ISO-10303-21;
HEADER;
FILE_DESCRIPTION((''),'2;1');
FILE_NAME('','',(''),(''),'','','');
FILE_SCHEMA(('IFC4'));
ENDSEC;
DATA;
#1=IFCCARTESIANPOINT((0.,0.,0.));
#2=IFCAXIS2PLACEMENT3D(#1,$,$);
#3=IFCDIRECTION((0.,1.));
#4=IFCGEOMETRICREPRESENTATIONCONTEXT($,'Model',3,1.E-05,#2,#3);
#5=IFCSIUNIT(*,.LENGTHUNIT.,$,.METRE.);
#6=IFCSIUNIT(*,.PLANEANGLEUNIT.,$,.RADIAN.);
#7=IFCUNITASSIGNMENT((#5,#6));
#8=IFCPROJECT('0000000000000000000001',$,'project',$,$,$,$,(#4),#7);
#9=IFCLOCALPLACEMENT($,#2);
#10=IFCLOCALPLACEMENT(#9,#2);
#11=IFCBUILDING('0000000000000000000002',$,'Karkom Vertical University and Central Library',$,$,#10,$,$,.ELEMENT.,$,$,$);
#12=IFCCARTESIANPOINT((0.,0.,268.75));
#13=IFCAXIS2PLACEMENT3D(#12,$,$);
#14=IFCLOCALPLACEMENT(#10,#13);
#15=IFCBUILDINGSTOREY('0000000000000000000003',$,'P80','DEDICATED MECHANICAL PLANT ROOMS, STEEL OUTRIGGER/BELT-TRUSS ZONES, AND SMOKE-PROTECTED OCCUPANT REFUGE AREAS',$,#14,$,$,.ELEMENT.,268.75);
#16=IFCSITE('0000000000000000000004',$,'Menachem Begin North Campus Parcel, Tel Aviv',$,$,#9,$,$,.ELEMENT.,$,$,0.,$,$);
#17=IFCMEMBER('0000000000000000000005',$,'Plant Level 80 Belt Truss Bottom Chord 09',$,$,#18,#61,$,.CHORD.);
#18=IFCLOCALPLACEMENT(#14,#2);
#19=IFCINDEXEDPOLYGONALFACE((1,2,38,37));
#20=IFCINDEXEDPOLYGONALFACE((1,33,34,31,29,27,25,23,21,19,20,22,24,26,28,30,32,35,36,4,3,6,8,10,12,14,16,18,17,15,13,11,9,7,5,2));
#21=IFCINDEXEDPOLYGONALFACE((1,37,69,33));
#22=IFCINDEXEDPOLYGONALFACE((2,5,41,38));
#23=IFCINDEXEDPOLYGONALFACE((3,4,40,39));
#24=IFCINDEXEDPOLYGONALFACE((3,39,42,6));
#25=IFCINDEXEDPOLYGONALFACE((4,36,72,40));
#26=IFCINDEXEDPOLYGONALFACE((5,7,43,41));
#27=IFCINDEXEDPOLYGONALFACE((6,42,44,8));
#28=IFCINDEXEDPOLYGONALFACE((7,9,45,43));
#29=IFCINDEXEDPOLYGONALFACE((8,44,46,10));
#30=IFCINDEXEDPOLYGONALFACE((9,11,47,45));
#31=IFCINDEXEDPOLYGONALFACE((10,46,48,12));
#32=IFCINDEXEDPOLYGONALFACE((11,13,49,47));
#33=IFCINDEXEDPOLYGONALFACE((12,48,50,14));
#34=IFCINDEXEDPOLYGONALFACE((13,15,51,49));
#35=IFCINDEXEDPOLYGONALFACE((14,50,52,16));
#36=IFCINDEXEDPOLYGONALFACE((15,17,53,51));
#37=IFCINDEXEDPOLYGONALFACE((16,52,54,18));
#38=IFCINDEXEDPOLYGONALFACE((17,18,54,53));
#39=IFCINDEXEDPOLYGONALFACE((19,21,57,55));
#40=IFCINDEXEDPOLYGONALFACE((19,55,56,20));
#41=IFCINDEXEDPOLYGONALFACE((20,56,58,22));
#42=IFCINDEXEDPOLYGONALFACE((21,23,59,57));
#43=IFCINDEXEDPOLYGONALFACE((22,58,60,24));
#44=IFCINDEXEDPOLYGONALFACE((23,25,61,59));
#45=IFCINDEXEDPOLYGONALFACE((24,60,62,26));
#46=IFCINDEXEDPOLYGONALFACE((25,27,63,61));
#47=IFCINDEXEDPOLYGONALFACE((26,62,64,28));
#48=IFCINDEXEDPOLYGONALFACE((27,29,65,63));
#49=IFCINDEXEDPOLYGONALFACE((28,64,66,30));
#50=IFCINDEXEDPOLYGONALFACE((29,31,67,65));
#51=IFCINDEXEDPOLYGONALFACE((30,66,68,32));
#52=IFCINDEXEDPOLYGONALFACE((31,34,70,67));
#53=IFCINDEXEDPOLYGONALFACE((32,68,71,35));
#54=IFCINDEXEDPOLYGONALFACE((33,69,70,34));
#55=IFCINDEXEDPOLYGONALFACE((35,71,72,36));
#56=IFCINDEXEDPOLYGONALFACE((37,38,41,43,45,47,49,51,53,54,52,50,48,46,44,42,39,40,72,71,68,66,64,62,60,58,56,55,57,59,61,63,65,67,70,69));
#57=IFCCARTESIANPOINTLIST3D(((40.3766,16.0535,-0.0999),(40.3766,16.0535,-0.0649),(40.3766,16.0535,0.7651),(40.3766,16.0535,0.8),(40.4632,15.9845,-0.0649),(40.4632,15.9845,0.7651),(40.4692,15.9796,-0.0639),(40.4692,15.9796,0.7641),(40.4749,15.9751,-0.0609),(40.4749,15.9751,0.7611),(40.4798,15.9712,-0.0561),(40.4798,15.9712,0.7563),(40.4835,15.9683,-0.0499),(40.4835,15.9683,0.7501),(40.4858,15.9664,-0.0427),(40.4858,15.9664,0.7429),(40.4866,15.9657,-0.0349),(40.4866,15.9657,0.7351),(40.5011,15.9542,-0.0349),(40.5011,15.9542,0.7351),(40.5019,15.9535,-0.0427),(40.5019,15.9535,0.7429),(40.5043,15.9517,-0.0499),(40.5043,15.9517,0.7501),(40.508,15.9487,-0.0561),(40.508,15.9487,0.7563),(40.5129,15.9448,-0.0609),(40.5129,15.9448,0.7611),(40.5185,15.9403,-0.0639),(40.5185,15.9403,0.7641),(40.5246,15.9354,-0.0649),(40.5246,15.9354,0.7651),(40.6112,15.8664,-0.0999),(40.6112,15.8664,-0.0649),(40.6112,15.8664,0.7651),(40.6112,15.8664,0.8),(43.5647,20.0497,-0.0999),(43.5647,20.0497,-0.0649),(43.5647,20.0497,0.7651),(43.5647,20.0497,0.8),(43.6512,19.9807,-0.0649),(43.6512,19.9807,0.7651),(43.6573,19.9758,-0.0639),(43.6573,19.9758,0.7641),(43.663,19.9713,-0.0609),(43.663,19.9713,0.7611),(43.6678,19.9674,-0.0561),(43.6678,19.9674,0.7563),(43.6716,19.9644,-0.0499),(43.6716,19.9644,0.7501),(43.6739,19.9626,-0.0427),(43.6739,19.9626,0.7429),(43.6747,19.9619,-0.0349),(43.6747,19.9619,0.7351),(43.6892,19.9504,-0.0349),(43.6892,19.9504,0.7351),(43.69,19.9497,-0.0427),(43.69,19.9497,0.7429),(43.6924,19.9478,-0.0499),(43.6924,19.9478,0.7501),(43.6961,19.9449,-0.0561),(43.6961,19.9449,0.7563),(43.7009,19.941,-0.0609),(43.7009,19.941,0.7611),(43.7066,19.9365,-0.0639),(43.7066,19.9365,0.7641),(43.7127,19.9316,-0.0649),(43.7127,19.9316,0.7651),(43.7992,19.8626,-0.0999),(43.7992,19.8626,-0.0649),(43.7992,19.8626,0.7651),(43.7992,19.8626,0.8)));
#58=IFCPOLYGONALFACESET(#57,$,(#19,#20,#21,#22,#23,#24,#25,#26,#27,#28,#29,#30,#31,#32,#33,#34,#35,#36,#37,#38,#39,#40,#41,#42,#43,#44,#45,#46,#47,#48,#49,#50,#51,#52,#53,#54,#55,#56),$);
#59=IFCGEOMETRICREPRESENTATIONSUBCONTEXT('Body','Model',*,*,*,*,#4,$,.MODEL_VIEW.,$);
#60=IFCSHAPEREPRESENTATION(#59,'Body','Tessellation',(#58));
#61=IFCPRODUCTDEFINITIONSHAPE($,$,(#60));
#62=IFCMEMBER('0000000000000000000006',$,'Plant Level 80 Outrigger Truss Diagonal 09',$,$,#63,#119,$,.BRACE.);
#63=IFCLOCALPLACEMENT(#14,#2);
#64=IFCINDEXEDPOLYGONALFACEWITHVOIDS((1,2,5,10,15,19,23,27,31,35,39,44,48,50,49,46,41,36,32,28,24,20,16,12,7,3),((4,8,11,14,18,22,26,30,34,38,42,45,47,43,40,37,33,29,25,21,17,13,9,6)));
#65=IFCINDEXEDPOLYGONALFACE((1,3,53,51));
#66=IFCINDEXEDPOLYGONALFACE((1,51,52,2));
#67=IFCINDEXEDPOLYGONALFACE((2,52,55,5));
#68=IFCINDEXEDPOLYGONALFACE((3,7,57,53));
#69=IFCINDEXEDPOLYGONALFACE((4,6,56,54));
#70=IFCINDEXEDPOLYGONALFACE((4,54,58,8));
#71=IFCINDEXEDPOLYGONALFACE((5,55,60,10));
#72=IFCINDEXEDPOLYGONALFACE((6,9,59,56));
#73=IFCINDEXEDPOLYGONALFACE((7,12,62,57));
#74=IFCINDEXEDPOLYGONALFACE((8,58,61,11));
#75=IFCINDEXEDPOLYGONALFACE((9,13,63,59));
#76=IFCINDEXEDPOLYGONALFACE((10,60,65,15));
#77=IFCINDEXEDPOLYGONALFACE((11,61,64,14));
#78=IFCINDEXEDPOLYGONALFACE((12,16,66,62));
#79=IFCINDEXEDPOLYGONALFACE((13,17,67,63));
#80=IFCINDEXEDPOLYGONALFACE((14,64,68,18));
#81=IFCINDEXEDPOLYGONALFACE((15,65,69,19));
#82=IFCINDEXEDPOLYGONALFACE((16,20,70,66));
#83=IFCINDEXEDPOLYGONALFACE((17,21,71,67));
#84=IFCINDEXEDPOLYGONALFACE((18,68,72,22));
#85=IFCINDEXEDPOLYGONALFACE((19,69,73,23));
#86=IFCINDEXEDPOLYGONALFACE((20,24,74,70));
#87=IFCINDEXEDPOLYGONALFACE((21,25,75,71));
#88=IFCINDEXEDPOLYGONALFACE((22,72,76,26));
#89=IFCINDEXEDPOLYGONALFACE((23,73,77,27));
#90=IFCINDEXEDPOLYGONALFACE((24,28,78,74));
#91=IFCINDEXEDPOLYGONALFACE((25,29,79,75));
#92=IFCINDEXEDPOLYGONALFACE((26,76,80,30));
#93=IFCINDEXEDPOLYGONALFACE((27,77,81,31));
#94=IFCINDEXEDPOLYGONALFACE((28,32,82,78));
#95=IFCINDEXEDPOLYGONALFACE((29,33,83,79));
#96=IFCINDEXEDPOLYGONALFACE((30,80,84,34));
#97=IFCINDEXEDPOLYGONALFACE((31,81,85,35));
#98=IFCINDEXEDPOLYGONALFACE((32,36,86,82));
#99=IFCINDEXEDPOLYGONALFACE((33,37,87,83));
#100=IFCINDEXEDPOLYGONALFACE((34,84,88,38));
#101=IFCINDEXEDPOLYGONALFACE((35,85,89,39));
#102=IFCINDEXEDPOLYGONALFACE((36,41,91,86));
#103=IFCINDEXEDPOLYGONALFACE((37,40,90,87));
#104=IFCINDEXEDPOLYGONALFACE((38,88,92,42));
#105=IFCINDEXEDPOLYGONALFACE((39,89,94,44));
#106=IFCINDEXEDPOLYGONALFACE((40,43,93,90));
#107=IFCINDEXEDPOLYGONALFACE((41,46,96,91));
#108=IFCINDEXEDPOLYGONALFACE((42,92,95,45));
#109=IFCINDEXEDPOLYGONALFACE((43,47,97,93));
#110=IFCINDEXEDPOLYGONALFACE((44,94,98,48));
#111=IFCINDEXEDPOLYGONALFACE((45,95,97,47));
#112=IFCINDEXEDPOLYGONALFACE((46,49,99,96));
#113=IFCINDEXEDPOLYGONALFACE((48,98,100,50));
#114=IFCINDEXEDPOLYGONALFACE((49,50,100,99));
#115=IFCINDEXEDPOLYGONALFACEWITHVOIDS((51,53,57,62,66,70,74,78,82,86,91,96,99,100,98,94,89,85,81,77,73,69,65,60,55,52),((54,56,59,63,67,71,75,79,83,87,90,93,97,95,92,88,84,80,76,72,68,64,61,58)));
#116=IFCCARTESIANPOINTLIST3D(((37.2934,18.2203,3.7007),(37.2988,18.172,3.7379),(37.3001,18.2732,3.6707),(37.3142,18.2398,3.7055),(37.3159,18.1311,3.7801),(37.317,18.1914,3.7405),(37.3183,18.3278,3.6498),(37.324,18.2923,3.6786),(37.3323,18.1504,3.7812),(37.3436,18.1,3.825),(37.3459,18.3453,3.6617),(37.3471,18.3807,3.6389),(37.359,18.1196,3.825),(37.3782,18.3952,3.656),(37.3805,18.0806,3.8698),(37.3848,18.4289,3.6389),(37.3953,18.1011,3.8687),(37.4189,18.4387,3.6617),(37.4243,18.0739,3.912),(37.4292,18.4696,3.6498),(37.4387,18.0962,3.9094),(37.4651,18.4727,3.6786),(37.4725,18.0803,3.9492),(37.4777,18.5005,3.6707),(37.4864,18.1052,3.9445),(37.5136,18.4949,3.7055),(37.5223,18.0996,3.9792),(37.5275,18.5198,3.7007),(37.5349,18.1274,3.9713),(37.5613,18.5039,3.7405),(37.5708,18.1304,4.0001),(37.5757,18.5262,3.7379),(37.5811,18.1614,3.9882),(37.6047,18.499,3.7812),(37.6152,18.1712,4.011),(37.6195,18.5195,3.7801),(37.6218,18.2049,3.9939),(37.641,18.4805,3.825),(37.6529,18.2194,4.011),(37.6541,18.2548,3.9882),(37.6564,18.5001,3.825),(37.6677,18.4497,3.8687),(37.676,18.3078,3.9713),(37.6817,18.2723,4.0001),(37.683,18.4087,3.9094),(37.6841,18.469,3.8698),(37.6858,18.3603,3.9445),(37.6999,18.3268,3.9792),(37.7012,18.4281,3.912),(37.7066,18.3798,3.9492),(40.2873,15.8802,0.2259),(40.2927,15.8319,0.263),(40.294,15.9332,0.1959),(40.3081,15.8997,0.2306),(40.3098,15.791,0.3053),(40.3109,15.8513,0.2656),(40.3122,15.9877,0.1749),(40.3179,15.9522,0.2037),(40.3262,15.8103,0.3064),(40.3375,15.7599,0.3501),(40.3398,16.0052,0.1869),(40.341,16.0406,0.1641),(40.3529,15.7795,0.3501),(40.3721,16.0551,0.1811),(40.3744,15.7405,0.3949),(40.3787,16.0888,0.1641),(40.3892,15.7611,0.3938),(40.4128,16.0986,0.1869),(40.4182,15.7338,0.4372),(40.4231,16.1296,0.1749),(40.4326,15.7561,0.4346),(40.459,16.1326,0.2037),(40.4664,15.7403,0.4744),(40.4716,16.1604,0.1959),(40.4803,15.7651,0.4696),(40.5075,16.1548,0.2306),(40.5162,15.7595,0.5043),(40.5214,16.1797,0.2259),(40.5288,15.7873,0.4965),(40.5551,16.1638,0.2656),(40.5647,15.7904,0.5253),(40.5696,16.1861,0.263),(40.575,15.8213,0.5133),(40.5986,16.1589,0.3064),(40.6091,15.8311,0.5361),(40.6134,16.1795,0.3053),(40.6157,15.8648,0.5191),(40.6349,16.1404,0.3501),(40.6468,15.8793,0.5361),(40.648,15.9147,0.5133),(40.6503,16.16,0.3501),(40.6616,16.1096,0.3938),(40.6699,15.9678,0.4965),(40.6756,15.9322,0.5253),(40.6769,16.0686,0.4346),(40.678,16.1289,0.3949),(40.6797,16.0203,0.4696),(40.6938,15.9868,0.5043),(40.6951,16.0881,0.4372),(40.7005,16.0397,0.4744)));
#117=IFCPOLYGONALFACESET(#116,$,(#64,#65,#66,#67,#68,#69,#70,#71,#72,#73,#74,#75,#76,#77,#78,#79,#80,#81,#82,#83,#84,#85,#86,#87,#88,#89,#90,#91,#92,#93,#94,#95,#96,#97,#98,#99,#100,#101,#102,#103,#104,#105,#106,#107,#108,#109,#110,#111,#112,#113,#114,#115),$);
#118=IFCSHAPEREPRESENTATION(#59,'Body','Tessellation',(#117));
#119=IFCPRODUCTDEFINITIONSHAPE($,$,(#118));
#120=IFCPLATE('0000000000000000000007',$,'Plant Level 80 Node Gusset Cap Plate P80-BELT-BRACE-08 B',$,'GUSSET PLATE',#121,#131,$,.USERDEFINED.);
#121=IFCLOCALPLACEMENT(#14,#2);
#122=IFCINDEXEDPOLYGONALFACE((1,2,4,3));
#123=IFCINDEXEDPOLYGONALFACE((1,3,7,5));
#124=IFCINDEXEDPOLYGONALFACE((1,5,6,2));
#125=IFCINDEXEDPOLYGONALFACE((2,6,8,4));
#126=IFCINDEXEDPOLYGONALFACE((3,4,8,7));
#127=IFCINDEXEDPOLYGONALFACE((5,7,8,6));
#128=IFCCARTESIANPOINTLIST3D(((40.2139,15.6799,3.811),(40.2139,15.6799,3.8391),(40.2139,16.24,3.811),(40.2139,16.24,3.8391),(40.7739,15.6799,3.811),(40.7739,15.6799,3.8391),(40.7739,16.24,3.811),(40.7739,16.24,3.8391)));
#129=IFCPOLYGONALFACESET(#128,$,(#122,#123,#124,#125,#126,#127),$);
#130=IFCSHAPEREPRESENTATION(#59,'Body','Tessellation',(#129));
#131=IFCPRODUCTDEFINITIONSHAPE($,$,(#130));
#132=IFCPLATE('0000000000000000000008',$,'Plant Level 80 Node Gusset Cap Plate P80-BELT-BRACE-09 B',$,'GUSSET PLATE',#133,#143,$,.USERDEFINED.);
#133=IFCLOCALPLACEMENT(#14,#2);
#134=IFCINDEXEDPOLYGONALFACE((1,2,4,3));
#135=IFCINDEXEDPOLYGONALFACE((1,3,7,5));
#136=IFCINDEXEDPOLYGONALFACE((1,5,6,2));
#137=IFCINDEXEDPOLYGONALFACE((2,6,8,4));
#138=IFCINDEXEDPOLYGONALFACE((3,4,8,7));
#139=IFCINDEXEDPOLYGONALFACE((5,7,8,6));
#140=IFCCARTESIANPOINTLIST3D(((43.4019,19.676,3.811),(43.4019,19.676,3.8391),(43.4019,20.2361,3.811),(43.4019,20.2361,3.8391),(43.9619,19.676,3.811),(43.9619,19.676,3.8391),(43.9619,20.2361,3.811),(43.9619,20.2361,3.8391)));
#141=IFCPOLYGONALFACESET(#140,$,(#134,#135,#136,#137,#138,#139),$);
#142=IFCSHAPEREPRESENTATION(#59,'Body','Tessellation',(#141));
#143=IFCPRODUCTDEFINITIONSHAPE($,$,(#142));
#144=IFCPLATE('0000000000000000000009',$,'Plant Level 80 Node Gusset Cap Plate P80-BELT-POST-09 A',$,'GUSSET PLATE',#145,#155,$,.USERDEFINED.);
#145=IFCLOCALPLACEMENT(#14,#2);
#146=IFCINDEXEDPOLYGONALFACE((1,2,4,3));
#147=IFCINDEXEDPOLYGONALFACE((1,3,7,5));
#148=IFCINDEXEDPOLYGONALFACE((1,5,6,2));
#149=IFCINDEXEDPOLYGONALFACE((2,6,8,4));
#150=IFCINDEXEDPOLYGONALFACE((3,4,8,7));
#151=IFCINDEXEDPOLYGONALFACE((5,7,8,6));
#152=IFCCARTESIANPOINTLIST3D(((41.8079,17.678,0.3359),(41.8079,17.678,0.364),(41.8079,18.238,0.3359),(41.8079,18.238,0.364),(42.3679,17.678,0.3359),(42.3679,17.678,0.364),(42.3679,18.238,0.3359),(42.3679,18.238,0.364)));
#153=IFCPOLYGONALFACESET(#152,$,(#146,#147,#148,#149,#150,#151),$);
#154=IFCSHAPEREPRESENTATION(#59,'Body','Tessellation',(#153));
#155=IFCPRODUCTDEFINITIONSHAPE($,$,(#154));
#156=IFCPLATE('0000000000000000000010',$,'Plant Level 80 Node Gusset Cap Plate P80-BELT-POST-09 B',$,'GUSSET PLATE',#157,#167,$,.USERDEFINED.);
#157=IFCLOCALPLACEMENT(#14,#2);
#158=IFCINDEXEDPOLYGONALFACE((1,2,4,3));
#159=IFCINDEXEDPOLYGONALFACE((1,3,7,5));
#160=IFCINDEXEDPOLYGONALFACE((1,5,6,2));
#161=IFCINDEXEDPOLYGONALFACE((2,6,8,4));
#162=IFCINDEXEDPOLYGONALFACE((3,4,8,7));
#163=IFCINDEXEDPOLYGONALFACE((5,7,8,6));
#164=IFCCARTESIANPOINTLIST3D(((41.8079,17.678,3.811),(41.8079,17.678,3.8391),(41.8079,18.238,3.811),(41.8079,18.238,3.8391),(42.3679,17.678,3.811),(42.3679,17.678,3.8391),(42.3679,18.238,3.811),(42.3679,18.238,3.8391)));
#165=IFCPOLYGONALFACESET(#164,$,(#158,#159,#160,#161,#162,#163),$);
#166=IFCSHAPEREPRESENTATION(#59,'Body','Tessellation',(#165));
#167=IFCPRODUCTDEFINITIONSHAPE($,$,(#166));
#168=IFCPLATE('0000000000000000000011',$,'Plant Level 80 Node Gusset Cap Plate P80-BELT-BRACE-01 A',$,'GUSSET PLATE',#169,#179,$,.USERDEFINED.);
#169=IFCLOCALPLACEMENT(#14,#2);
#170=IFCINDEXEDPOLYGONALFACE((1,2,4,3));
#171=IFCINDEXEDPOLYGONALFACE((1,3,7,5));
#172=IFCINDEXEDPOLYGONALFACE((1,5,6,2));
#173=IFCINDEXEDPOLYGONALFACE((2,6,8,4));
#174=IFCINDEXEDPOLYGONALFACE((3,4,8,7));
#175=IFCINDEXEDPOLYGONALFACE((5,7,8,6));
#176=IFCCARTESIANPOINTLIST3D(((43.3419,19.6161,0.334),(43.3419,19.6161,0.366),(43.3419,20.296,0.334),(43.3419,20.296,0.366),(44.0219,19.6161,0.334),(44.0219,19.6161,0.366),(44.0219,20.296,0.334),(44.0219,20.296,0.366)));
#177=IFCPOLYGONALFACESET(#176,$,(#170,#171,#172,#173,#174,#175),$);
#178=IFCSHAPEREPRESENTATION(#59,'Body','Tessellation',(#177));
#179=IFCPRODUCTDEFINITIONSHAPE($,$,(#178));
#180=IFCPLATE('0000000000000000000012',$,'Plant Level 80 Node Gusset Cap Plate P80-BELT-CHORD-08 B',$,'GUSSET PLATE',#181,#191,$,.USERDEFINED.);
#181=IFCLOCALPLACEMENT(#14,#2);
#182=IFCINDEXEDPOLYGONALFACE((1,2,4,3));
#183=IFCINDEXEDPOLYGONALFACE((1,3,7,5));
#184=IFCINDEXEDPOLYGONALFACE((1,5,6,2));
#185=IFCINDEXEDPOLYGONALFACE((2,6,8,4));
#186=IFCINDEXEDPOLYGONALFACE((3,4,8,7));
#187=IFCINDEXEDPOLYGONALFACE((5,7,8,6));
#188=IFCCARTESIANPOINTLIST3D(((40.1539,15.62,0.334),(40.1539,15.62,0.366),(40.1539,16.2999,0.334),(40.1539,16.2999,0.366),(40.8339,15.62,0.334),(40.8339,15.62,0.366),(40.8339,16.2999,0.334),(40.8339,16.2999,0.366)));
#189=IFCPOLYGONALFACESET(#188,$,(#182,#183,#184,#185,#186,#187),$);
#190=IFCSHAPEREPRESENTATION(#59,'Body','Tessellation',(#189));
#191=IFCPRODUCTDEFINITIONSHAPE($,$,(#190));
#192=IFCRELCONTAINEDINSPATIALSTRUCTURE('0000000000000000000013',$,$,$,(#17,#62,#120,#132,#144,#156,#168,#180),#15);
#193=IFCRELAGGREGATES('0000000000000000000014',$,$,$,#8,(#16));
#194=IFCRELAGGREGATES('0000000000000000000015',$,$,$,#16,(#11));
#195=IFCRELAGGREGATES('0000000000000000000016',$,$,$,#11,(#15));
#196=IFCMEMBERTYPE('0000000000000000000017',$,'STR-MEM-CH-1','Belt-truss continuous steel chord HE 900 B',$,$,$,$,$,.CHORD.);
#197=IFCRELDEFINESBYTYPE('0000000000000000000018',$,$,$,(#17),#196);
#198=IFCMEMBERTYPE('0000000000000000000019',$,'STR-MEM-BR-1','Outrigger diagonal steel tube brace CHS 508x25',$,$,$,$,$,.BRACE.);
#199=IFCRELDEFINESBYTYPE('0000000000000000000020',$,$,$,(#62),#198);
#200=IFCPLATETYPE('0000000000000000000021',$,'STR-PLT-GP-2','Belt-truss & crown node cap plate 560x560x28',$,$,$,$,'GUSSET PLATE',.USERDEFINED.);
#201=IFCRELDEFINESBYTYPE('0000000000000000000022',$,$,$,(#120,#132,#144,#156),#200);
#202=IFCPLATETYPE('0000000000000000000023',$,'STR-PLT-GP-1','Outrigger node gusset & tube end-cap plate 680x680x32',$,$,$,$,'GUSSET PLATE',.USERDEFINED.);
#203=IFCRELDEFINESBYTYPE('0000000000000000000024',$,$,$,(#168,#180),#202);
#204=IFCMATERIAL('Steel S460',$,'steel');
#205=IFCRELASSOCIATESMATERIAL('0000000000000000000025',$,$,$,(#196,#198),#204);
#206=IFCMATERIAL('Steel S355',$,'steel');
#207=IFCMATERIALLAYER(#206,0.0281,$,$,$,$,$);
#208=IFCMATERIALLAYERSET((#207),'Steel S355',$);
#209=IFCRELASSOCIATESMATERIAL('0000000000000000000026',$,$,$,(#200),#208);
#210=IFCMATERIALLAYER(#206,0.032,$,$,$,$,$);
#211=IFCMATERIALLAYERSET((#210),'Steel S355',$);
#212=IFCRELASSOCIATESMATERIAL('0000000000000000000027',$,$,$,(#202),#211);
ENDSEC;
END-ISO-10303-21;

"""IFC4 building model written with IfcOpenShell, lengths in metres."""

from ifc_helpers import new_model, si_unit, direction, frame, origin, origin_with_axes, origin_2d, place, context, subcontext, project, spatial, rectangle, hollow_circle, i_section, extrude, source, transform, mapped, material, layer, layer_set, material_profile, profile_set, type_object, element, save


model = new_model("IFC4")

# Units and contexts
model_context = context("Model", 3, precision=1e-05, world=origin(), true_north=direction((0.0, 1.0)))
body_context = subcontext(model_context, "Body", "Model", "MODEL_VIEW")
ifc_project = project(units=[si_unit("LENGTHUNIT", "METRE"), si_unit("PLANEANGLEUNIT", "RADIAN")], contexts=[model_context])

# Site, building, storey
site_placement = place(None, origin())
site = spatial("IfcSite", under=ifc_project, at=site_placement, Name="Menachem Begin North Campus Parcel, Tel Aviv", CompositionType="ELEMENT", RefElevation=0.0)
building_placement = place(site_placement, origin())
building = spatial("IfcBuilding", under=site, at=building_placement, Name="Karkom Vertical University and Central Library", CompositionType="ELEMENT")
storey_placement = place(building_placement, frame((0.0, 0.0, 268.75)))
storey = spatial("IfcBuildingStorey", under=building, at=storey_placement, Name="P80", Description="DEDICATED MECHANICAL PLANT ROOMS, STEEL OUTRIGGER/BELT-TRUSS ZONES, AND SMOKE-PROTECTED OCCUPANT REFUGE AREAS", CompositionType="ELEMENT", Elevation=268.75)

# Shared definitions
ifc_material_1 = material(Name="Steel S355", Category="steel")
ifc_material_2 = material(Name="Steel S460", Category="steel")

# Members
ifc_material_profile_1 = material_profile(ifc_material_2, i_section(OverallWidth=0.3, OverallDepth=0.8999, WebThickness=0.0186, FlangeThickness=0.0349, FilletRadius=0.03, at=origin_2d()), Name="HE 900 B")
ifc_profile_set_1 = profile_set([ifc_material_profile_1], Name="Steel S460")
member_type_1 = type_object("IfcMemberType", Name="STR-MEM-CH-1", Description="Belt-truss continuous steel chord HE 900 B", PredefinedType="CHORD", material=ifc_profile_set_1)
shared_shape_1 = source(origin_with_axes(), body_context, "Body", "SweptSolid", [
    extrude(i_section(OverallWidth=0.3, OverallDepth=0.8999, WebThickness=0.0186, FlangeThickness=0.0349, FilletRadius=0.03, at=origin_2d()), origin(), (0.0, 0.0, 1.0), 5.1121),
])
member_1_placement = place(storey_placement, frame((40.4939, 15.96, 0.3501), z_axis=(0.623634, 0.781716, 0.0), x_axis=(-0.781716, 0.623634, 0.0)))
element("IfcMember", 1, at=member_1_placement, inside=storey, type_object=member_type_1, Name="Plant Level 80 Belt Truss Bottom Chord 09", PredefinedType="CHORD", context=body_context, shape_type="MappedRepresentation", body=[
    mapped(shared_shape_1, transform((0.0, 0.0, 0.0), scale=1.0)),
])
ifc_material_profile_2 = material_profile(ifc_material_2, hollow_circle(Radius=0.2539, WallThickness=0.0249, at=origin_2d()), Name="CHS 508x25")
ifc_profile_set_2 = profile_set([ifc_material_profile_2], Name="Steel S460")
member_type_2 = type_object("IfcMemberType", Name="STR-MEM-BR-1", Description="Outrigger diagonal steel tube brace CHS 508x25", PredefinedType="BRACE", material=ifc_profile_set_2)
shared_shape_2 = source(origin_with_axes(), body_context, "Body", "SweptSolid", [
    extrude(hollow_circle(Radius=0.2539, WallThickness=0.0249, at=origin_2d()), origin(), (0.0, 0.0, 1.0), 5.1492),
])
member_2_placement = place(storey_placement, frame((37.5, 18.3, 3.825), z_axis=(0.581432, -0.454459, -0.674837), x_axis=(0.615825, 0.787883, 0.0)))
element("IfcMember", 2, at=member_2_placement, inside=storey, type_object=member_type_2, Name="Plant Level 80 Outrigger Truss Diagonal 09", PredefinedType="BRACE", context=body_context, shape_type="MappedRepresentation", body=[
    mapped(shared_shape_2, transform((0.0, 0.0, 0.0), scale=1.0)),
])

# Plates
ifc_layer_1 = layer(ifc_material_1, 0.0281)
ifc_layer_set_1 = layer_set([ifc_layer_1], Name="Steel S355")
plate_type_1 = type_object("IfcPlateType", Name="STR-PLT-GP-2", Description="Belt-truss & crown node cap plate 560x560x28", ElementType="GUSSET PLATE", PredefinedType="USERDEFINED", material=ifc_layer_set_1)
shared_shape_3 = source(origin_with_axes(), body_context, "Body", "SweptSolid", [
    extrude(rectangle(XDim=0.5601, YDim=0.5601, at=origin_2d()), origin(), (0.0, 0.0, 1.0), 0.0281),
])
for number, where, z_axis, x_axis, name in (
    (3, (40.4939, 15.96, 3.811), (0.0, 0.0, 1.0), (1.0, 0.0, 0.0), "Plant Level 80 Node Gusset Cap Plate P80-BELT-BRACE-08 B"),
    (4, (43.6819, 19.9561, 3.811), (0.0, 0.0, 1.0), (1.0, 0.0, 0.0), "Plant Level 80 Node Gusset Cap Plate P80-BELT-BRACE-09 B"),
    (5, (42.0879, 17.958, 0.3359), (0.0, 0.0, 1.0), (1.0, 0.0, 0.0), "Plant Level 80 Node Gusset Cap Plate P80-BELT-POST-09 A"),
    (6, (42.0879, 17.958, 3.811), (0.0, 0.0, 1.0), (1.0, 0.0, 0.0), "Plant Level 80 Node Gusset Cap Plate P80-BELT-POST-09 B"),
):
    element("IfcPlate", number, at=place(storey_placement, frame(where, z_axis=z_axis, x_axis=x_axis)), inside=storey, type_object=plate_type_1, Name=name, ObjectType="GUSSET PLATE", PredefinedType="USERDEFINED", context=body_context, shape_type="MappedRepresentation", body=[
        mapped(shared_shape_3, transform((0.0, 0.0, 0.0), scale=1.0)),
    ])
ifc_layer_2 = layer(ifc_material_1, 0.032)
ifc_layer_set_2 = layer_set([ifc_layer_2], Name="Steel S355")
plate_type_2 = type_object("IfcPlateType", Name="STR-PLT-GP-1", Description="Outrigger node gusset & tube end-cap plate 680x680x32", ElementType="GUSSET PLATE", PredefinedType="USERDEFINED", material=ifc_layer_set_2)
shared_shape_4 = source(origin_with_axes(), body_context, "Body", "SweptSolid", [
    extrude(rectangle(XDim=0.6799, YDim=0.6799, at=origin_2d()), origin(), (0.0, 0.0, 1.0), 0.032),
])
for number, where, z_axis, x_axis, name in (
    (7, (43.6819, 19.9561, 0.334), (0.0, 0.0, 1.0), (1.0, 0.0, 0.0), "Plant Level 80 Node Gusset Cap Plate P80-BELT-BRACE-01 A"),
    (8, (40.4939, 15.96, 0.334), (0.0, 0.0, 1.0), (1.0, 0.0, 0.0), "Plant Level 80 Node Gusset Cap Plate P80-BELT-CHORD-08 B"),
):
    element("IfcPlate", number, at=place(storey_placement, frame(where, z_axis=z_axis, x_axis=x_axis)), inside=storey, type_object=plate_type_2, Name=name, ObjectType="GUSSET PLATE", PredefinedType="USERDEFINED", context=body_context, shape_type="MappedRepresentation", body=[
        mapped(shared_shape_4, transform((0.0, 0.0, 0.0), scale=1.0)),
    ])

save(model, "model.ifc")
